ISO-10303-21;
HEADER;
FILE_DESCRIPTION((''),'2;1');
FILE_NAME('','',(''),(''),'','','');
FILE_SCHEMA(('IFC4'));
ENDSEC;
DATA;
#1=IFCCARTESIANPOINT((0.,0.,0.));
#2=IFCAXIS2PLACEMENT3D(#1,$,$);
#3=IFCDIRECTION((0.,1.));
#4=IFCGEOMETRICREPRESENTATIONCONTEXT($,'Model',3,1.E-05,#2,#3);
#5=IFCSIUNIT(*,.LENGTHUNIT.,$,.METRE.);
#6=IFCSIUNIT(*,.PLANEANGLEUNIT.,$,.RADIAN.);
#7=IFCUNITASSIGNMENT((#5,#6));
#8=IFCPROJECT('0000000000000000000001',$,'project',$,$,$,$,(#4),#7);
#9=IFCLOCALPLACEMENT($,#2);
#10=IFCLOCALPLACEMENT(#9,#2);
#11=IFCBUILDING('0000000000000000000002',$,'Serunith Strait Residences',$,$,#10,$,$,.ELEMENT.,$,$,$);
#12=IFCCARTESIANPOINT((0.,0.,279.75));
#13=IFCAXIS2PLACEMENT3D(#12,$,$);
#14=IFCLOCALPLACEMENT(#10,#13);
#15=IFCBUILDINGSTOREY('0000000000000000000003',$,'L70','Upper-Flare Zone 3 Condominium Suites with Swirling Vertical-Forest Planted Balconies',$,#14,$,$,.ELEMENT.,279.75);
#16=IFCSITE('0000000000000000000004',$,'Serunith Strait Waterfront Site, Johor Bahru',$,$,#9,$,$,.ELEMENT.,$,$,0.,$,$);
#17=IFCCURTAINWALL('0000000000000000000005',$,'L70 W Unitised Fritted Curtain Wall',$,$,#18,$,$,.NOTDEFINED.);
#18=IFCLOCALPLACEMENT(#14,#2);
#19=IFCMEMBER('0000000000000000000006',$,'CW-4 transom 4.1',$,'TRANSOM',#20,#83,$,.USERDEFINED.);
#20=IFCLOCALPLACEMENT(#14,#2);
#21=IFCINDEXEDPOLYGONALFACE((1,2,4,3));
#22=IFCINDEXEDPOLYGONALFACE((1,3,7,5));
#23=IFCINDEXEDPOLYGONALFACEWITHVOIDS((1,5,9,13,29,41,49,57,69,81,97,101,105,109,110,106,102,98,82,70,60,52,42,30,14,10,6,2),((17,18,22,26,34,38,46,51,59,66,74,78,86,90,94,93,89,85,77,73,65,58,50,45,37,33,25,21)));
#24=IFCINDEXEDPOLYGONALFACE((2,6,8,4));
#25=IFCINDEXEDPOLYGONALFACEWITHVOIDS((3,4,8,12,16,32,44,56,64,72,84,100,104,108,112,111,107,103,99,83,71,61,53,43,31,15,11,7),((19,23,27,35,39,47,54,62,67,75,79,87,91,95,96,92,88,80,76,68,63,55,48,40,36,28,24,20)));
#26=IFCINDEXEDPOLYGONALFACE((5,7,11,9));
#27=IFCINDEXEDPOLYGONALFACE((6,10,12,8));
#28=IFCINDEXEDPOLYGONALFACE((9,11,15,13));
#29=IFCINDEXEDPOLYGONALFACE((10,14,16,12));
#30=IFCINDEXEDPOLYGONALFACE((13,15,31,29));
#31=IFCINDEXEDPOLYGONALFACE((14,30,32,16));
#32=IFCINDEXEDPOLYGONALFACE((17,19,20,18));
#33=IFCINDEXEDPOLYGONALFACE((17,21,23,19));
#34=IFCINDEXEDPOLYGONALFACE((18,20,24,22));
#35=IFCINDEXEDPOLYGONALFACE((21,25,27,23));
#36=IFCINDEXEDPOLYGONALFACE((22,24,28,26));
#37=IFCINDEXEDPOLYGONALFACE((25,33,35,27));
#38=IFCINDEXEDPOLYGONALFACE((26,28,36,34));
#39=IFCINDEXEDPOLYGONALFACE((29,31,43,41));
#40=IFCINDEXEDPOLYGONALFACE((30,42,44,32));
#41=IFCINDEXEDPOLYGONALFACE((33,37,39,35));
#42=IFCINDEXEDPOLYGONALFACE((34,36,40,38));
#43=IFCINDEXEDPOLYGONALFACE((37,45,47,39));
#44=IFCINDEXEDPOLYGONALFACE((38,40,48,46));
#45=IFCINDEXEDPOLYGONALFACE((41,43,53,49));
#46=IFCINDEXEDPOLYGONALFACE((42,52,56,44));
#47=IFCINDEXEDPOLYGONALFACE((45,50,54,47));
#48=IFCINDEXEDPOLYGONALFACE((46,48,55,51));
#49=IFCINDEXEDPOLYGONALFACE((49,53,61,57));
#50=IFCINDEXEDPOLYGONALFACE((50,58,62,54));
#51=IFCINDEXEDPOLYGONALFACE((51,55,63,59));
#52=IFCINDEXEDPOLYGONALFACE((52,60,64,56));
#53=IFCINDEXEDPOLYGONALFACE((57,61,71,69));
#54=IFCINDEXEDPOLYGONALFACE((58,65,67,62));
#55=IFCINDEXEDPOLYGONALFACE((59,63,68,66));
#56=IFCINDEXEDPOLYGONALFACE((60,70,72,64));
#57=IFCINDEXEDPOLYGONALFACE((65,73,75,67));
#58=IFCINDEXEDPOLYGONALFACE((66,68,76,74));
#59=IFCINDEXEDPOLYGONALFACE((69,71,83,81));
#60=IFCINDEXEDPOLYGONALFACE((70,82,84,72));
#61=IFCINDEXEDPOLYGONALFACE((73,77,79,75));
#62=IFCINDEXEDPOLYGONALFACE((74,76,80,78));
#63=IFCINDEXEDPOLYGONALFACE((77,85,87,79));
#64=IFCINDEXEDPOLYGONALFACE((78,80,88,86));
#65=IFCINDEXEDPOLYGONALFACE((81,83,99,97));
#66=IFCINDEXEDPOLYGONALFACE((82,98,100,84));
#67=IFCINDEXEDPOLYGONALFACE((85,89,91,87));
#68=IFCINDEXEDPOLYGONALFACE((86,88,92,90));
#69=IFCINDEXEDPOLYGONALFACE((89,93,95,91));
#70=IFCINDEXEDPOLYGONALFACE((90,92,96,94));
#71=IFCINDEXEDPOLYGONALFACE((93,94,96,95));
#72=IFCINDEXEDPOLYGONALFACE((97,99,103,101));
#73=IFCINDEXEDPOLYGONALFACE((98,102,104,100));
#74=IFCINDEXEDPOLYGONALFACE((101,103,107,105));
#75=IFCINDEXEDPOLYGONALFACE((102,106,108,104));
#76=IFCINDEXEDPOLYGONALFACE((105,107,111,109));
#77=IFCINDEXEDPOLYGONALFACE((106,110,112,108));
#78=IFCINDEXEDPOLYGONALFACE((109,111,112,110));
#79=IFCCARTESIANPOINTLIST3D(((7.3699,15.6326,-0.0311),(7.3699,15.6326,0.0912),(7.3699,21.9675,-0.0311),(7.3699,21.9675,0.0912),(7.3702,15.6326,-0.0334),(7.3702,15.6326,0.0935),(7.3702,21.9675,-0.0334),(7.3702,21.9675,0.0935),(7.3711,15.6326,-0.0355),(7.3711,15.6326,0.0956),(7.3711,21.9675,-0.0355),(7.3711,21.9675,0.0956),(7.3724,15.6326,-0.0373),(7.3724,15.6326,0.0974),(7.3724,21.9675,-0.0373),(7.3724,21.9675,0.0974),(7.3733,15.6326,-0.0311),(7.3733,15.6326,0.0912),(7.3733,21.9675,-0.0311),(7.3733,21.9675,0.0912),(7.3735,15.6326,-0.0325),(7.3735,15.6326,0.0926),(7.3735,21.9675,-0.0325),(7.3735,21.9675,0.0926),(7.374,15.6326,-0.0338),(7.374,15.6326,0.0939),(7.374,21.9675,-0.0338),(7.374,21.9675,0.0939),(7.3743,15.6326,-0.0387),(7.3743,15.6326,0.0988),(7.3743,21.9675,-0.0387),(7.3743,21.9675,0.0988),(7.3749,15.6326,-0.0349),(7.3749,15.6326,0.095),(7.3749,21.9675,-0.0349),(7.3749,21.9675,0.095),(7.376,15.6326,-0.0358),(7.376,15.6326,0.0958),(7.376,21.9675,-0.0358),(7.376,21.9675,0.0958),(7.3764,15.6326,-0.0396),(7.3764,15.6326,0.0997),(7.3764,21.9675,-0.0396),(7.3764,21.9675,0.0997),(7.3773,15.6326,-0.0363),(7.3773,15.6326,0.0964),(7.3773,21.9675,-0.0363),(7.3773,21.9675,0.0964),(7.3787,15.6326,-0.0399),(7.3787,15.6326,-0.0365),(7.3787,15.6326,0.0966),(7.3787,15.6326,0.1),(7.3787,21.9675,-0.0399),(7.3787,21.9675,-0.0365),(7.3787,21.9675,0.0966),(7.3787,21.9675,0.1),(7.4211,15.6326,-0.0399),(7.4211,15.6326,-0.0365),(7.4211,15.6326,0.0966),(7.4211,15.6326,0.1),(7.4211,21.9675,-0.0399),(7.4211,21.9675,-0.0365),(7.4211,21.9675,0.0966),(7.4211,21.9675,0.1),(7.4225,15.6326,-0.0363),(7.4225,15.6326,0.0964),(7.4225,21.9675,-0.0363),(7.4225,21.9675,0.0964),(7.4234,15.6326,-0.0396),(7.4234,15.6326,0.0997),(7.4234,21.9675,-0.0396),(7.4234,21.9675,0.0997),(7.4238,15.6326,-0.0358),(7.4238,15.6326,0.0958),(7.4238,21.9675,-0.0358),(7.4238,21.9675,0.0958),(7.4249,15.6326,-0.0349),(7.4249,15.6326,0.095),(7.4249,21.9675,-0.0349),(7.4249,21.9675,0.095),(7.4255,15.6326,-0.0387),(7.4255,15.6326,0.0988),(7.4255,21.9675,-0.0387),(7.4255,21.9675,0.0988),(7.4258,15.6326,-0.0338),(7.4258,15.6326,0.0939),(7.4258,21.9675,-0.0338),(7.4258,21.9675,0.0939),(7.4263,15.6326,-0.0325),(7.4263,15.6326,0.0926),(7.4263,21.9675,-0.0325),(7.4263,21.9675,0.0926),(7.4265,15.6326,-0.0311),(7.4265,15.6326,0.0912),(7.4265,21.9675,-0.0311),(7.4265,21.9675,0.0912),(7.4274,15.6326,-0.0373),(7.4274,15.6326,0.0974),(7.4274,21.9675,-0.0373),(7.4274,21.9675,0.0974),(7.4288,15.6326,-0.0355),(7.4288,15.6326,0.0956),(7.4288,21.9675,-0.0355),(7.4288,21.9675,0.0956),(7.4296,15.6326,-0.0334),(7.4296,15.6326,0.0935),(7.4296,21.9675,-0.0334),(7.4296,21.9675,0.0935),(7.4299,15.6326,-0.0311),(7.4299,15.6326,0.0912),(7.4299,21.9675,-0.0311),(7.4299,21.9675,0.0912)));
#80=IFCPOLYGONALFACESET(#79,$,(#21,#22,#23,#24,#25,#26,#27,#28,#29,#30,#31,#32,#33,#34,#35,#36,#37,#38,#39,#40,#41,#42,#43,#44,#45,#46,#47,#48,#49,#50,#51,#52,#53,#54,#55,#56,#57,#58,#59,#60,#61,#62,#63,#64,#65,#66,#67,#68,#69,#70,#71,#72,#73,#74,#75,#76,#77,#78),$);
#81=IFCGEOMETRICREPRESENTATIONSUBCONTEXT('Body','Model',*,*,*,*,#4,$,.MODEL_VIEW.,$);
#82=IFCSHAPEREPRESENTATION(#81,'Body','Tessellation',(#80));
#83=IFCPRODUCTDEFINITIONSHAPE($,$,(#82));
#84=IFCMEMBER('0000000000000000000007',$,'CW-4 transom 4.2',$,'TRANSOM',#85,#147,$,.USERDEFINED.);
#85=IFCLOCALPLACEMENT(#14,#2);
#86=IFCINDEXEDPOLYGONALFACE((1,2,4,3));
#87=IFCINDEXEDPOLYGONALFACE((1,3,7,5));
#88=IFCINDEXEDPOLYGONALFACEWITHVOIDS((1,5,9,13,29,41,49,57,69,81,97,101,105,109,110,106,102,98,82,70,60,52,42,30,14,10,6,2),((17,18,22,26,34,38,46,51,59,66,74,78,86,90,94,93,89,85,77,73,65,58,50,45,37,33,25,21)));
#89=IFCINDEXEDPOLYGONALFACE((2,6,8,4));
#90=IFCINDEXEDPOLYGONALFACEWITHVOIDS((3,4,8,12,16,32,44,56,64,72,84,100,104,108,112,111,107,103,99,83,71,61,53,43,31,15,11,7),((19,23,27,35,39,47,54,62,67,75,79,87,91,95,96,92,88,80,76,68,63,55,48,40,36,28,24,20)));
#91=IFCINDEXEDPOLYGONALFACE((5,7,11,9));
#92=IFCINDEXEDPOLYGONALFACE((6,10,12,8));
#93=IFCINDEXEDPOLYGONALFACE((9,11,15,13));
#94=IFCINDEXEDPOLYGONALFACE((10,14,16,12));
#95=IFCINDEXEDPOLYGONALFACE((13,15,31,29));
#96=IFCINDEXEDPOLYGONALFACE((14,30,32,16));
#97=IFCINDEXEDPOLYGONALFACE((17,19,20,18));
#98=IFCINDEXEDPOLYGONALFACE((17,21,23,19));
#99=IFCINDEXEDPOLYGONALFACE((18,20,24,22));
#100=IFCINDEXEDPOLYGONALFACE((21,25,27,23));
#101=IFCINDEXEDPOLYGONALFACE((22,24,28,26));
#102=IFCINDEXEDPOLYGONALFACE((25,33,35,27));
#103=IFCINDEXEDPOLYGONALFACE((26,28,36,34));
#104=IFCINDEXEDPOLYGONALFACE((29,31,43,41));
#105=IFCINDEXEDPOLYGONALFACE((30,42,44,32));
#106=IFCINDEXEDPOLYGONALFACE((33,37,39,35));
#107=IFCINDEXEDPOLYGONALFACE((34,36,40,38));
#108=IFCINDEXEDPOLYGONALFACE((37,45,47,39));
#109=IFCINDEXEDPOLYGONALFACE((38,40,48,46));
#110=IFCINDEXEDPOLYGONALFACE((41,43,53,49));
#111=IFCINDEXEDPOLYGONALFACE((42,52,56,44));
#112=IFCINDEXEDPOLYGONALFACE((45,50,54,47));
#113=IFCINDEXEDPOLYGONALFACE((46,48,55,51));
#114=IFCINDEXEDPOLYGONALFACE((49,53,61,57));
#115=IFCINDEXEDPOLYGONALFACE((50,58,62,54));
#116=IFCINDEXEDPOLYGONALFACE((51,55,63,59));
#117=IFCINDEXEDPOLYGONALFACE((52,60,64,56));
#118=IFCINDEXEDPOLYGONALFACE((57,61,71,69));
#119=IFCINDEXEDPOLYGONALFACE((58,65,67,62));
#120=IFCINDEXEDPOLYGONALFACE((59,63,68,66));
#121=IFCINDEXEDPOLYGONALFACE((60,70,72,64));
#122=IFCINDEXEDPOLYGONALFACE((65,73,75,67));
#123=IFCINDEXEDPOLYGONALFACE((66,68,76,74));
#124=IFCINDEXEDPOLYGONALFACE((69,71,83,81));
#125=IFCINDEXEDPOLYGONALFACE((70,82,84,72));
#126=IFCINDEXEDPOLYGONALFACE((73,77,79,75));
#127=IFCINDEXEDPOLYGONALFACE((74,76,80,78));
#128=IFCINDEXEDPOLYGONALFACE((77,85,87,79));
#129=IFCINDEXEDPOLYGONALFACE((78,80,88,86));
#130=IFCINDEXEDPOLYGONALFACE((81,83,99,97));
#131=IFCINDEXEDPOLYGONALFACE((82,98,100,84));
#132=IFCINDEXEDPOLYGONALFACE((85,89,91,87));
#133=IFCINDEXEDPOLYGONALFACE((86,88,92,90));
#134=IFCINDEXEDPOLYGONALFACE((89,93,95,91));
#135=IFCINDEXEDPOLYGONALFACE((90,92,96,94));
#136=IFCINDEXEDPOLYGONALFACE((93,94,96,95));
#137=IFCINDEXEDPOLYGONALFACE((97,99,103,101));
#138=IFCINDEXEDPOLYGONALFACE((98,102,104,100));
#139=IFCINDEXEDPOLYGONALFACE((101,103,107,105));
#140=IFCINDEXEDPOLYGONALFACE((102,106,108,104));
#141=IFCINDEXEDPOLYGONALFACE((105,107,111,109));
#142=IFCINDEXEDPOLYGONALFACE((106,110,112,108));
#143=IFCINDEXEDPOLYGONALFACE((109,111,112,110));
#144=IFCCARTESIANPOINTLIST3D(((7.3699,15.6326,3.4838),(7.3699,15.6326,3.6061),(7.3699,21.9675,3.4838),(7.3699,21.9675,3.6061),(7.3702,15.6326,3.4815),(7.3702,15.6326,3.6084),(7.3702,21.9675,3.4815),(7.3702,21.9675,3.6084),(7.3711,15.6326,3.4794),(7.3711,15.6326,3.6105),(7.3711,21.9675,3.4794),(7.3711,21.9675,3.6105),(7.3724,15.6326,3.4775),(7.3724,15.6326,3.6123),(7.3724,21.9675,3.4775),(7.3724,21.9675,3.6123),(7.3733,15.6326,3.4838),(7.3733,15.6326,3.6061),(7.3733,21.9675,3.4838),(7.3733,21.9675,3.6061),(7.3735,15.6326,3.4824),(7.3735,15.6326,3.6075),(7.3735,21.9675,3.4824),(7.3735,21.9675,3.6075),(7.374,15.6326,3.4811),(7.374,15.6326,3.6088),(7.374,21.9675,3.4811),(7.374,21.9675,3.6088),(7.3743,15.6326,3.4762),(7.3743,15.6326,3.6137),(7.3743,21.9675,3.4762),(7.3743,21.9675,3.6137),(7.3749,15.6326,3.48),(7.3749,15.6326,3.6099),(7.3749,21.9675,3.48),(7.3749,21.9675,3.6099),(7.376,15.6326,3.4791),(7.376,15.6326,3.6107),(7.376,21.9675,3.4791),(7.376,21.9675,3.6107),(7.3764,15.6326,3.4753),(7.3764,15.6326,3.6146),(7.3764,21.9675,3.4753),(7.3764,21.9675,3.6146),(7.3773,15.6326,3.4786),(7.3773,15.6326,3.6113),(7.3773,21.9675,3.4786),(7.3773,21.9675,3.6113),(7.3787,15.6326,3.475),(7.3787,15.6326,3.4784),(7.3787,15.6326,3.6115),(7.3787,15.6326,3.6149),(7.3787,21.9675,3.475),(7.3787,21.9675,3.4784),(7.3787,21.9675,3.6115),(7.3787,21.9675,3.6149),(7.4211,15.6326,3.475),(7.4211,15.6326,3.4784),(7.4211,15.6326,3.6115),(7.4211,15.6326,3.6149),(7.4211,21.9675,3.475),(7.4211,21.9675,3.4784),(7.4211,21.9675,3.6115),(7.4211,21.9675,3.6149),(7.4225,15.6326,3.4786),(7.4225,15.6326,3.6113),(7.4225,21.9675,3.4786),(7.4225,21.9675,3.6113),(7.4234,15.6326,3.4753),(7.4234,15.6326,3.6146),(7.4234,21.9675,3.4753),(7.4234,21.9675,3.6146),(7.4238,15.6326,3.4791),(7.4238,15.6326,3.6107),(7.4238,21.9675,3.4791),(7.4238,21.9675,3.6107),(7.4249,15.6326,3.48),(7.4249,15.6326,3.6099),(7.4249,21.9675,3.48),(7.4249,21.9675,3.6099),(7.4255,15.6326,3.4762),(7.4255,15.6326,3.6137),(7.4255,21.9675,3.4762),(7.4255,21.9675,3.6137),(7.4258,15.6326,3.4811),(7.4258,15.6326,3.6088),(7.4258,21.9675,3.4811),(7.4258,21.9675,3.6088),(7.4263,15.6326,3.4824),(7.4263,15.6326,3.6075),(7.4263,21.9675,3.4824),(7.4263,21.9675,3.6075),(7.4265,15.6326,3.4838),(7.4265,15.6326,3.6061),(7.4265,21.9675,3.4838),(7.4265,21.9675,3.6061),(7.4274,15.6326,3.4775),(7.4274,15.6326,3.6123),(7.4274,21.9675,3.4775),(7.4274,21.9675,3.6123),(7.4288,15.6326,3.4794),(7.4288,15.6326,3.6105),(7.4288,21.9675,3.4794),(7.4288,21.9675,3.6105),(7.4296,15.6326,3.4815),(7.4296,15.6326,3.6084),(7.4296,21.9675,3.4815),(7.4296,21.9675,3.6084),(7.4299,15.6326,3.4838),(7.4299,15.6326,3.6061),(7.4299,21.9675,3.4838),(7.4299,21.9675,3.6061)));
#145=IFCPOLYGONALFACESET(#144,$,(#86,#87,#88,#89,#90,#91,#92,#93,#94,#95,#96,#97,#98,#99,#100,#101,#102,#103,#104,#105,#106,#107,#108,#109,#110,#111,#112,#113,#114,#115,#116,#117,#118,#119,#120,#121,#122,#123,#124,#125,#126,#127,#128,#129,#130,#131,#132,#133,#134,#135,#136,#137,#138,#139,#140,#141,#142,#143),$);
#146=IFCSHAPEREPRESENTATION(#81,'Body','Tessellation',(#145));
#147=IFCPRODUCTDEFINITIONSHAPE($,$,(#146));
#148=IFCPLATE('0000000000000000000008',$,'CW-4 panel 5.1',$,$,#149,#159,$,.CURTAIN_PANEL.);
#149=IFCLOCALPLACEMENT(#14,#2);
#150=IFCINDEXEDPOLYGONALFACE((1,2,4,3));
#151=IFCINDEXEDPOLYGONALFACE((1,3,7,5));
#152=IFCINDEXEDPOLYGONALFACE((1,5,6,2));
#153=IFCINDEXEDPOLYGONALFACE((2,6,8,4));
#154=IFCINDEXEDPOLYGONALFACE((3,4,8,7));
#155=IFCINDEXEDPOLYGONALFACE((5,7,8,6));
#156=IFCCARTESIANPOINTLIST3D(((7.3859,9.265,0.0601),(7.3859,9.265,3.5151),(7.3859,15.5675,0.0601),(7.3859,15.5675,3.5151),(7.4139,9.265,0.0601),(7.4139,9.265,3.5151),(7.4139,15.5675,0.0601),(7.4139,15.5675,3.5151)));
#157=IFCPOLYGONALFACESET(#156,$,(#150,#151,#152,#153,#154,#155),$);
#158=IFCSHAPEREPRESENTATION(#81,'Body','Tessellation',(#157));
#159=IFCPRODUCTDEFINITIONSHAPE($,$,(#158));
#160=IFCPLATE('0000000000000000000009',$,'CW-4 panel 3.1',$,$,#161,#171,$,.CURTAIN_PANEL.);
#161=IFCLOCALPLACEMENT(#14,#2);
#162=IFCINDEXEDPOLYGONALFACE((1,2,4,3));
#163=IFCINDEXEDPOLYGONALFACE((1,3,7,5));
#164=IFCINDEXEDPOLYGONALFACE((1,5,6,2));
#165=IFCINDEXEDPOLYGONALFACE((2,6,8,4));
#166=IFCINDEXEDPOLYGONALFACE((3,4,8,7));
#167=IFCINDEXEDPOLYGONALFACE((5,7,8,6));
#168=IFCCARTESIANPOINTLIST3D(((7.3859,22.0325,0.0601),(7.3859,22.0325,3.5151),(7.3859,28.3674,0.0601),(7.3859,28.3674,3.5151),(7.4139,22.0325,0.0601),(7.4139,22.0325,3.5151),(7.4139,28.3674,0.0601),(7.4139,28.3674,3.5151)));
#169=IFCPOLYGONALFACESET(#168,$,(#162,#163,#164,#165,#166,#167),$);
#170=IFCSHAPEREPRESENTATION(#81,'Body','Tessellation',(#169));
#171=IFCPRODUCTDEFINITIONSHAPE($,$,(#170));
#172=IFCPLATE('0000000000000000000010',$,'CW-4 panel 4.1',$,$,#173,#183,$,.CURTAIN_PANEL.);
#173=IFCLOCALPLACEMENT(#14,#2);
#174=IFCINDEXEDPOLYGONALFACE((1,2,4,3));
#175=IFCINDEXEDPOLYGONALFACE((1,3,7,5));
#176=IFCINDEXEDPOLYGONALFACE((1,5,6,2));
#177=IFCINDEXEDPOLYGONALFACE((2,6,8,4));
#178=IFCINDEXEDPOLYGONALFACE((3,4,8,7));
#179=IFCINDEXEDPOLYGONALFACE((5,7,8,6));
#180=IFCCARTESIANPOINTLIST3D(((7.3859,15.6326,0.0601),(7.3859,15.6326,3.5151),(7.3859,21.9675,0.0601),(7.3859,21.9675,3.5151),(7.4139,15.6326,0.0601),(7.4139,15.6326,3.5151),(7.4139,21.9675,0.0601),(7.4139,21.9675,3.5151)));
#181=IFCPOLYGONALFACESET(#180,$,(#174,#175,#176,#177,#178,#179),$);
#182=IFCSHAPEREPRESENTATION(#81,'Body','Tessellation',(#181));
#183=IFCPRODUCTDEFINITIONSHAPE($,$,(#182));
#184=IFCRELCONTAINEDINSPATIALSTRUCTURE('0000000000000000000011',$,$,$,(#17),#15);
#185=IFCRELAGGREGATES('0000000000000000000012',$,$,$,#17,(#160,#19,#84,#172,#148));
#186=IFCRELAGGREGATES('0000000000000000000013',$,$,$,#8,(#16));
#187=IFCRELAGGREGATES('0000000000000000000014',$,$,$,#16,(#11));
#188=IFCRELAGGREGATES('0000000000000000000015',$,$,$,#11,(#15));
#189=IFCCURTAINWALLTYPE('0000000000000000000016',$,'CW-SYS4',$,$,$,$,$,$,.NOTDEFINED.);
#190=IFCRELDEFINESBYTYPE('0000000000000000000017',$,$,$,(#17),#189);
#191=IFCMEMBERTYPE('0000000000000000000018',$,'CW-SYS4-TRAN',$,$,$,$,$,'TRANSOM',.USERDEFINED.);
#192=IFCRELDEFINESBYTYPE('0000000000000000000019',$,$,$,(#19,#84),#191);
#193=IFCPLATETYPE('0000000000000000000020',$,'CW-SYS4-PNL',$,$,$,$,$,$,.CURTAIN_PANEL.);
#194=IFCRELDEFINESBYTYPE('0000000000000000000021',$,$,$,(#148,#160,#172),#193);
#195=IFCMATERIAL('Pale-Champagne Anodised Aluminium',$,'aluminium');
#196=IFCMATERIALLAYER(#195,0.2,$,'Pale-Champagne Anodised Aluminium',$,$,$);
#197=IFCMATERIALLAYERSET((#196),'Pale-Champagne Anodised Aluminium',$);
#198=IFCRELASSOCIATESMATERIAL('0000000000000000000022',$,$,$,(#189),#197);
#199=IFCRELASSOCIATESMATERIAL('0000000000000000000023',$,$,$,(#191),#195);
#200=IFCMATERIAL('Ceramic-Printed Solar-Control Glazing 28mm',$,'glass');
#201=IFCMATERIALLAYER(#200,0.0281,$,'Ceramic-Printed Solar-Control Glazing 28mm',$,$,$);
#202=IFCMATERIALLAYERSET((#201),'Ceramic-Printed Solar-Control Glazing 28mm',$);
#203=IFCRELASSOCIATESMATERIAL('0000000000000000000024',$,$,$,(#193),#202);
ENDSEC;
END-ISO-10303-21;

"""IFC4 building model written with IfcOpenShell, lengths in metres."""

from ifc_helpers import new_model, si_unit, direction, frame, origin, origin_2d, place, context, subcontext, project, spatial, rectangle, hollow_rectangle, extrude, source, transform, mapped, material, layer, layer_set, material_profile, profile_set, type_object, element, aggregate, save


model = new_model("IFC4")

# Units and contexts
model_context = context("Model", 3, precision=1e-05, world=origin(), true_north=direction((0.0, 1.0)))
body_context = subcontext(model_context, "Body", "Model", "MODEL_VIEW")
ifc_project = project(units=[si_unit("LENGTHUNIT", "METRE"), si_unit("PLANEANGLEUNIT", "RADIAN")], contexts=[model_context])

# Site, building, storey
site_placement = place(None, origin())
site = spatial("IfcSite", under=ifc_project, at=site_placement, Name="Serunith Strait Waterfront Site, Johor Bahru", CompositionType="ELEMENT", RefElevation=0.0)
building_placement = place(site_placement, origin())
building = spatial("IfcBuilding", under=site, at=building_placement, Name="Serunith Strait Residences", CompositionType="ELEMENT")
storey_placement = place(building_placement, frame((0.0, 0.0, 279.75)))
storey = spatial("IfcBuildingStorey", under=building, at=storey_placement, Name="L70", Description="Upper-Flare Zone 3 Condominium Suites with Swirling Vertical-Forest Planted Balconies", CompositionType="ELEMENT", Elevation=279.75)

# Curtain wall, members, plates
ifc_material_1 = material(Name="Pale-Champagne Anodised Aluminium", Category="aluminium")
ifc_layer_1 = layer(ifc_material_1, 0.2, Name="Pale-Champagne Anodised Aluminium")
ifc_layer_set_1 = layer_set([ifc_layer_1], Name="Pale-Champagne Anodised Aluminium")
curtain_wall_type = type_object("IfcCurtainWallType", Name="CW-SYS4", PredefinedType="NOTDEFINED", material=ifc_layer_set_1)
curtain_wall_placement = place(storey_placement, origin())
curtain_wall = element("IfcCurtainWall", 1, at=curtain_wall_placement, inside=storey, type_object=curtain_wall_type, Name="L70 W Unitised Fritted Curtain Wall", PredefinedType="NOTDEFINED")
ifc_material_profile_1 = material_profile(ifc_material_1, hollow_rectangle(XDim=0.0601, YDim=0.1399, WallThickness=0.0034, InnerFilletRadius=0.0054, OuterFilletRadius=0.0088, at=origin_2d()), Name="ALU 140x60x3.5")
ifc_profile_set_1 = profile_set([ifc_material_profile_1], Name="Pale-Champagne Anodised Aluminium")
member_type_1 = type_object("IfcMemberType", Name="CW-SYS4-TRAN", ElementType="TRANSOM", PredefinedType="USERDEFINED", material=ifc_profile_set_1)
shared_shape_1 = source(origin(), body_context, "Body", "SweptSolid", [
    extrude(hollow_rectangle(XDim=0.0601, YDim=0.1399, WallThickness=0.0034, InnerFilletRadius=0.0054, OuterFilletRadius=0.0088, at=origin_2d()), origin(), (0.0, 0.0, 1.0), 6.335),
])
member_1_placement = place(storey_placement, frame((7.3999, 21.9675, 0.03), z_axis=(0.0, -1.0, 0.0), x_axis=(1.0, 0.0, 0.0)))
member_1 = element("IfcMember", 2, at=member_1_placement, type_object=member_type_1, Name="CW-4 transom 4.1", ObjectType="TRANSOM", PredefinedType="USERDEFINED", context=body_context, shape_type="MappedRepresentation", body=[
    mapped(shared_shape_1, transform((0.0, 0.0, 0.0), scale=1.0)),
])
member_2_placement = place(storey_placement, frame((7.3999, 21.9675, 3.5449), z_axis=(0.0, -1.0, 0.0), x_axis=(1.0, 0.0, 0.0)))
member_2 = element("IfcMember", 3, at=member_2_placement, type_object=member_type_1, Name="CW-4 transom 4.2", ObjectType="TRANSOM", PredefinedType="USERDEFINED", context=body_context, shape_type="MappedRepresentation", body=[
    mapped(shared_shape_1, transform((0.0, 0.0, 0.0), scale=1.0)),
])
ifc_material_2 = material(Name="Ceramic-Printed Solar-Control Glazing 28mm", Category="glass")
ifc_layer_2 = layer(ifc_material_2, 0.0281, Name="Ceramic-Printed Solar-Control Glazing 28mm")
ifc_layer_set_2 = layer_set([ifc_layer_2], Name="Ceramic-Printed Solar-Control Glazing 28mm")
plate_type = type_object("IfcPlateType", Name="CW-SYS4-PNL", PredefinedType="CURTAIN_PANEL", material=ifc_layer_set_2)
shared_shape_2 = source(origin(), body_context, "Body", "SweptSolid", [
    extrude(rectangle(XDim=6.3025, YDim=0.0281, at=origin_2d()), origin(), (0.0, 0.0, 1.0), 3.4551),
])
plate_1_placement = place(storey_placement, frame((7.3999, 12.4163, 0.0601), z_axis=(0.0, 0.0, 1.0), x_axis=(0.0, -1.0, 0.0)))
plate_1 = element("IfcPlate", 4, at=plate_1_placement, type_object=plate_type, Name="CW-4 panel 5.1", PredefinedType="CURTAIN_PANEL", context=body_context, shape_type="MappedRepresentation", body=[
    mapped(shared_shape_2, transform((0.0, 0.0, 0.0), scale=1.0)),
])
shared_shape_3 = source(origin(), body_context, "Body", "SweptSolid", [
    extrude(rectangle(XDim=6.335, YDim=0.0281, at=origin_2d()), origin(), (0.0, 0.0, 1.0), 3.4551),
])
plate_2_placement = place(storey_placement, frame((7.3999, 25.2, 0.0601), z_axis=(0.0, 0.0, 1.0), x_axis=(0.0, -1.0, 0.0)))
plate_2 = element("IfcPlate", 5, at=plate_2_placement, type_object=plate_type, Name="CW-4 panel 3.1", PredefinedType="CURTAIN_PANEL", context=body_context, shape_type="MappedRepresentation", body=[
    mapped(shared_shape_3, transform((0.0, 0.0, 0.0), scale=1.0)),
])
plate_3_placement = place(storey_placement, frame((7.3999, 18.8, 0.0601), z_axis=(0.0, 0.0, 1.0), x_axis=(0.0, -1.0, 0.0)))
plate_3 = element("IfcPlate", 6, at=plate_3_placement, type_object=plate_type, Name="CW-4 panel 4.1", PredefinedType="CURTAIN_PANEL", context=body_context, shape_type="MappedRepresentation", body=[
    mapped(shared_shape_3, transform((0.0, 0.0, 0.0), scale=1.0)),
])
aggregate(curtain_wall, [plate_2, member_1, member_2, plate_3, plate_1])

save(model, "model.ifc")
